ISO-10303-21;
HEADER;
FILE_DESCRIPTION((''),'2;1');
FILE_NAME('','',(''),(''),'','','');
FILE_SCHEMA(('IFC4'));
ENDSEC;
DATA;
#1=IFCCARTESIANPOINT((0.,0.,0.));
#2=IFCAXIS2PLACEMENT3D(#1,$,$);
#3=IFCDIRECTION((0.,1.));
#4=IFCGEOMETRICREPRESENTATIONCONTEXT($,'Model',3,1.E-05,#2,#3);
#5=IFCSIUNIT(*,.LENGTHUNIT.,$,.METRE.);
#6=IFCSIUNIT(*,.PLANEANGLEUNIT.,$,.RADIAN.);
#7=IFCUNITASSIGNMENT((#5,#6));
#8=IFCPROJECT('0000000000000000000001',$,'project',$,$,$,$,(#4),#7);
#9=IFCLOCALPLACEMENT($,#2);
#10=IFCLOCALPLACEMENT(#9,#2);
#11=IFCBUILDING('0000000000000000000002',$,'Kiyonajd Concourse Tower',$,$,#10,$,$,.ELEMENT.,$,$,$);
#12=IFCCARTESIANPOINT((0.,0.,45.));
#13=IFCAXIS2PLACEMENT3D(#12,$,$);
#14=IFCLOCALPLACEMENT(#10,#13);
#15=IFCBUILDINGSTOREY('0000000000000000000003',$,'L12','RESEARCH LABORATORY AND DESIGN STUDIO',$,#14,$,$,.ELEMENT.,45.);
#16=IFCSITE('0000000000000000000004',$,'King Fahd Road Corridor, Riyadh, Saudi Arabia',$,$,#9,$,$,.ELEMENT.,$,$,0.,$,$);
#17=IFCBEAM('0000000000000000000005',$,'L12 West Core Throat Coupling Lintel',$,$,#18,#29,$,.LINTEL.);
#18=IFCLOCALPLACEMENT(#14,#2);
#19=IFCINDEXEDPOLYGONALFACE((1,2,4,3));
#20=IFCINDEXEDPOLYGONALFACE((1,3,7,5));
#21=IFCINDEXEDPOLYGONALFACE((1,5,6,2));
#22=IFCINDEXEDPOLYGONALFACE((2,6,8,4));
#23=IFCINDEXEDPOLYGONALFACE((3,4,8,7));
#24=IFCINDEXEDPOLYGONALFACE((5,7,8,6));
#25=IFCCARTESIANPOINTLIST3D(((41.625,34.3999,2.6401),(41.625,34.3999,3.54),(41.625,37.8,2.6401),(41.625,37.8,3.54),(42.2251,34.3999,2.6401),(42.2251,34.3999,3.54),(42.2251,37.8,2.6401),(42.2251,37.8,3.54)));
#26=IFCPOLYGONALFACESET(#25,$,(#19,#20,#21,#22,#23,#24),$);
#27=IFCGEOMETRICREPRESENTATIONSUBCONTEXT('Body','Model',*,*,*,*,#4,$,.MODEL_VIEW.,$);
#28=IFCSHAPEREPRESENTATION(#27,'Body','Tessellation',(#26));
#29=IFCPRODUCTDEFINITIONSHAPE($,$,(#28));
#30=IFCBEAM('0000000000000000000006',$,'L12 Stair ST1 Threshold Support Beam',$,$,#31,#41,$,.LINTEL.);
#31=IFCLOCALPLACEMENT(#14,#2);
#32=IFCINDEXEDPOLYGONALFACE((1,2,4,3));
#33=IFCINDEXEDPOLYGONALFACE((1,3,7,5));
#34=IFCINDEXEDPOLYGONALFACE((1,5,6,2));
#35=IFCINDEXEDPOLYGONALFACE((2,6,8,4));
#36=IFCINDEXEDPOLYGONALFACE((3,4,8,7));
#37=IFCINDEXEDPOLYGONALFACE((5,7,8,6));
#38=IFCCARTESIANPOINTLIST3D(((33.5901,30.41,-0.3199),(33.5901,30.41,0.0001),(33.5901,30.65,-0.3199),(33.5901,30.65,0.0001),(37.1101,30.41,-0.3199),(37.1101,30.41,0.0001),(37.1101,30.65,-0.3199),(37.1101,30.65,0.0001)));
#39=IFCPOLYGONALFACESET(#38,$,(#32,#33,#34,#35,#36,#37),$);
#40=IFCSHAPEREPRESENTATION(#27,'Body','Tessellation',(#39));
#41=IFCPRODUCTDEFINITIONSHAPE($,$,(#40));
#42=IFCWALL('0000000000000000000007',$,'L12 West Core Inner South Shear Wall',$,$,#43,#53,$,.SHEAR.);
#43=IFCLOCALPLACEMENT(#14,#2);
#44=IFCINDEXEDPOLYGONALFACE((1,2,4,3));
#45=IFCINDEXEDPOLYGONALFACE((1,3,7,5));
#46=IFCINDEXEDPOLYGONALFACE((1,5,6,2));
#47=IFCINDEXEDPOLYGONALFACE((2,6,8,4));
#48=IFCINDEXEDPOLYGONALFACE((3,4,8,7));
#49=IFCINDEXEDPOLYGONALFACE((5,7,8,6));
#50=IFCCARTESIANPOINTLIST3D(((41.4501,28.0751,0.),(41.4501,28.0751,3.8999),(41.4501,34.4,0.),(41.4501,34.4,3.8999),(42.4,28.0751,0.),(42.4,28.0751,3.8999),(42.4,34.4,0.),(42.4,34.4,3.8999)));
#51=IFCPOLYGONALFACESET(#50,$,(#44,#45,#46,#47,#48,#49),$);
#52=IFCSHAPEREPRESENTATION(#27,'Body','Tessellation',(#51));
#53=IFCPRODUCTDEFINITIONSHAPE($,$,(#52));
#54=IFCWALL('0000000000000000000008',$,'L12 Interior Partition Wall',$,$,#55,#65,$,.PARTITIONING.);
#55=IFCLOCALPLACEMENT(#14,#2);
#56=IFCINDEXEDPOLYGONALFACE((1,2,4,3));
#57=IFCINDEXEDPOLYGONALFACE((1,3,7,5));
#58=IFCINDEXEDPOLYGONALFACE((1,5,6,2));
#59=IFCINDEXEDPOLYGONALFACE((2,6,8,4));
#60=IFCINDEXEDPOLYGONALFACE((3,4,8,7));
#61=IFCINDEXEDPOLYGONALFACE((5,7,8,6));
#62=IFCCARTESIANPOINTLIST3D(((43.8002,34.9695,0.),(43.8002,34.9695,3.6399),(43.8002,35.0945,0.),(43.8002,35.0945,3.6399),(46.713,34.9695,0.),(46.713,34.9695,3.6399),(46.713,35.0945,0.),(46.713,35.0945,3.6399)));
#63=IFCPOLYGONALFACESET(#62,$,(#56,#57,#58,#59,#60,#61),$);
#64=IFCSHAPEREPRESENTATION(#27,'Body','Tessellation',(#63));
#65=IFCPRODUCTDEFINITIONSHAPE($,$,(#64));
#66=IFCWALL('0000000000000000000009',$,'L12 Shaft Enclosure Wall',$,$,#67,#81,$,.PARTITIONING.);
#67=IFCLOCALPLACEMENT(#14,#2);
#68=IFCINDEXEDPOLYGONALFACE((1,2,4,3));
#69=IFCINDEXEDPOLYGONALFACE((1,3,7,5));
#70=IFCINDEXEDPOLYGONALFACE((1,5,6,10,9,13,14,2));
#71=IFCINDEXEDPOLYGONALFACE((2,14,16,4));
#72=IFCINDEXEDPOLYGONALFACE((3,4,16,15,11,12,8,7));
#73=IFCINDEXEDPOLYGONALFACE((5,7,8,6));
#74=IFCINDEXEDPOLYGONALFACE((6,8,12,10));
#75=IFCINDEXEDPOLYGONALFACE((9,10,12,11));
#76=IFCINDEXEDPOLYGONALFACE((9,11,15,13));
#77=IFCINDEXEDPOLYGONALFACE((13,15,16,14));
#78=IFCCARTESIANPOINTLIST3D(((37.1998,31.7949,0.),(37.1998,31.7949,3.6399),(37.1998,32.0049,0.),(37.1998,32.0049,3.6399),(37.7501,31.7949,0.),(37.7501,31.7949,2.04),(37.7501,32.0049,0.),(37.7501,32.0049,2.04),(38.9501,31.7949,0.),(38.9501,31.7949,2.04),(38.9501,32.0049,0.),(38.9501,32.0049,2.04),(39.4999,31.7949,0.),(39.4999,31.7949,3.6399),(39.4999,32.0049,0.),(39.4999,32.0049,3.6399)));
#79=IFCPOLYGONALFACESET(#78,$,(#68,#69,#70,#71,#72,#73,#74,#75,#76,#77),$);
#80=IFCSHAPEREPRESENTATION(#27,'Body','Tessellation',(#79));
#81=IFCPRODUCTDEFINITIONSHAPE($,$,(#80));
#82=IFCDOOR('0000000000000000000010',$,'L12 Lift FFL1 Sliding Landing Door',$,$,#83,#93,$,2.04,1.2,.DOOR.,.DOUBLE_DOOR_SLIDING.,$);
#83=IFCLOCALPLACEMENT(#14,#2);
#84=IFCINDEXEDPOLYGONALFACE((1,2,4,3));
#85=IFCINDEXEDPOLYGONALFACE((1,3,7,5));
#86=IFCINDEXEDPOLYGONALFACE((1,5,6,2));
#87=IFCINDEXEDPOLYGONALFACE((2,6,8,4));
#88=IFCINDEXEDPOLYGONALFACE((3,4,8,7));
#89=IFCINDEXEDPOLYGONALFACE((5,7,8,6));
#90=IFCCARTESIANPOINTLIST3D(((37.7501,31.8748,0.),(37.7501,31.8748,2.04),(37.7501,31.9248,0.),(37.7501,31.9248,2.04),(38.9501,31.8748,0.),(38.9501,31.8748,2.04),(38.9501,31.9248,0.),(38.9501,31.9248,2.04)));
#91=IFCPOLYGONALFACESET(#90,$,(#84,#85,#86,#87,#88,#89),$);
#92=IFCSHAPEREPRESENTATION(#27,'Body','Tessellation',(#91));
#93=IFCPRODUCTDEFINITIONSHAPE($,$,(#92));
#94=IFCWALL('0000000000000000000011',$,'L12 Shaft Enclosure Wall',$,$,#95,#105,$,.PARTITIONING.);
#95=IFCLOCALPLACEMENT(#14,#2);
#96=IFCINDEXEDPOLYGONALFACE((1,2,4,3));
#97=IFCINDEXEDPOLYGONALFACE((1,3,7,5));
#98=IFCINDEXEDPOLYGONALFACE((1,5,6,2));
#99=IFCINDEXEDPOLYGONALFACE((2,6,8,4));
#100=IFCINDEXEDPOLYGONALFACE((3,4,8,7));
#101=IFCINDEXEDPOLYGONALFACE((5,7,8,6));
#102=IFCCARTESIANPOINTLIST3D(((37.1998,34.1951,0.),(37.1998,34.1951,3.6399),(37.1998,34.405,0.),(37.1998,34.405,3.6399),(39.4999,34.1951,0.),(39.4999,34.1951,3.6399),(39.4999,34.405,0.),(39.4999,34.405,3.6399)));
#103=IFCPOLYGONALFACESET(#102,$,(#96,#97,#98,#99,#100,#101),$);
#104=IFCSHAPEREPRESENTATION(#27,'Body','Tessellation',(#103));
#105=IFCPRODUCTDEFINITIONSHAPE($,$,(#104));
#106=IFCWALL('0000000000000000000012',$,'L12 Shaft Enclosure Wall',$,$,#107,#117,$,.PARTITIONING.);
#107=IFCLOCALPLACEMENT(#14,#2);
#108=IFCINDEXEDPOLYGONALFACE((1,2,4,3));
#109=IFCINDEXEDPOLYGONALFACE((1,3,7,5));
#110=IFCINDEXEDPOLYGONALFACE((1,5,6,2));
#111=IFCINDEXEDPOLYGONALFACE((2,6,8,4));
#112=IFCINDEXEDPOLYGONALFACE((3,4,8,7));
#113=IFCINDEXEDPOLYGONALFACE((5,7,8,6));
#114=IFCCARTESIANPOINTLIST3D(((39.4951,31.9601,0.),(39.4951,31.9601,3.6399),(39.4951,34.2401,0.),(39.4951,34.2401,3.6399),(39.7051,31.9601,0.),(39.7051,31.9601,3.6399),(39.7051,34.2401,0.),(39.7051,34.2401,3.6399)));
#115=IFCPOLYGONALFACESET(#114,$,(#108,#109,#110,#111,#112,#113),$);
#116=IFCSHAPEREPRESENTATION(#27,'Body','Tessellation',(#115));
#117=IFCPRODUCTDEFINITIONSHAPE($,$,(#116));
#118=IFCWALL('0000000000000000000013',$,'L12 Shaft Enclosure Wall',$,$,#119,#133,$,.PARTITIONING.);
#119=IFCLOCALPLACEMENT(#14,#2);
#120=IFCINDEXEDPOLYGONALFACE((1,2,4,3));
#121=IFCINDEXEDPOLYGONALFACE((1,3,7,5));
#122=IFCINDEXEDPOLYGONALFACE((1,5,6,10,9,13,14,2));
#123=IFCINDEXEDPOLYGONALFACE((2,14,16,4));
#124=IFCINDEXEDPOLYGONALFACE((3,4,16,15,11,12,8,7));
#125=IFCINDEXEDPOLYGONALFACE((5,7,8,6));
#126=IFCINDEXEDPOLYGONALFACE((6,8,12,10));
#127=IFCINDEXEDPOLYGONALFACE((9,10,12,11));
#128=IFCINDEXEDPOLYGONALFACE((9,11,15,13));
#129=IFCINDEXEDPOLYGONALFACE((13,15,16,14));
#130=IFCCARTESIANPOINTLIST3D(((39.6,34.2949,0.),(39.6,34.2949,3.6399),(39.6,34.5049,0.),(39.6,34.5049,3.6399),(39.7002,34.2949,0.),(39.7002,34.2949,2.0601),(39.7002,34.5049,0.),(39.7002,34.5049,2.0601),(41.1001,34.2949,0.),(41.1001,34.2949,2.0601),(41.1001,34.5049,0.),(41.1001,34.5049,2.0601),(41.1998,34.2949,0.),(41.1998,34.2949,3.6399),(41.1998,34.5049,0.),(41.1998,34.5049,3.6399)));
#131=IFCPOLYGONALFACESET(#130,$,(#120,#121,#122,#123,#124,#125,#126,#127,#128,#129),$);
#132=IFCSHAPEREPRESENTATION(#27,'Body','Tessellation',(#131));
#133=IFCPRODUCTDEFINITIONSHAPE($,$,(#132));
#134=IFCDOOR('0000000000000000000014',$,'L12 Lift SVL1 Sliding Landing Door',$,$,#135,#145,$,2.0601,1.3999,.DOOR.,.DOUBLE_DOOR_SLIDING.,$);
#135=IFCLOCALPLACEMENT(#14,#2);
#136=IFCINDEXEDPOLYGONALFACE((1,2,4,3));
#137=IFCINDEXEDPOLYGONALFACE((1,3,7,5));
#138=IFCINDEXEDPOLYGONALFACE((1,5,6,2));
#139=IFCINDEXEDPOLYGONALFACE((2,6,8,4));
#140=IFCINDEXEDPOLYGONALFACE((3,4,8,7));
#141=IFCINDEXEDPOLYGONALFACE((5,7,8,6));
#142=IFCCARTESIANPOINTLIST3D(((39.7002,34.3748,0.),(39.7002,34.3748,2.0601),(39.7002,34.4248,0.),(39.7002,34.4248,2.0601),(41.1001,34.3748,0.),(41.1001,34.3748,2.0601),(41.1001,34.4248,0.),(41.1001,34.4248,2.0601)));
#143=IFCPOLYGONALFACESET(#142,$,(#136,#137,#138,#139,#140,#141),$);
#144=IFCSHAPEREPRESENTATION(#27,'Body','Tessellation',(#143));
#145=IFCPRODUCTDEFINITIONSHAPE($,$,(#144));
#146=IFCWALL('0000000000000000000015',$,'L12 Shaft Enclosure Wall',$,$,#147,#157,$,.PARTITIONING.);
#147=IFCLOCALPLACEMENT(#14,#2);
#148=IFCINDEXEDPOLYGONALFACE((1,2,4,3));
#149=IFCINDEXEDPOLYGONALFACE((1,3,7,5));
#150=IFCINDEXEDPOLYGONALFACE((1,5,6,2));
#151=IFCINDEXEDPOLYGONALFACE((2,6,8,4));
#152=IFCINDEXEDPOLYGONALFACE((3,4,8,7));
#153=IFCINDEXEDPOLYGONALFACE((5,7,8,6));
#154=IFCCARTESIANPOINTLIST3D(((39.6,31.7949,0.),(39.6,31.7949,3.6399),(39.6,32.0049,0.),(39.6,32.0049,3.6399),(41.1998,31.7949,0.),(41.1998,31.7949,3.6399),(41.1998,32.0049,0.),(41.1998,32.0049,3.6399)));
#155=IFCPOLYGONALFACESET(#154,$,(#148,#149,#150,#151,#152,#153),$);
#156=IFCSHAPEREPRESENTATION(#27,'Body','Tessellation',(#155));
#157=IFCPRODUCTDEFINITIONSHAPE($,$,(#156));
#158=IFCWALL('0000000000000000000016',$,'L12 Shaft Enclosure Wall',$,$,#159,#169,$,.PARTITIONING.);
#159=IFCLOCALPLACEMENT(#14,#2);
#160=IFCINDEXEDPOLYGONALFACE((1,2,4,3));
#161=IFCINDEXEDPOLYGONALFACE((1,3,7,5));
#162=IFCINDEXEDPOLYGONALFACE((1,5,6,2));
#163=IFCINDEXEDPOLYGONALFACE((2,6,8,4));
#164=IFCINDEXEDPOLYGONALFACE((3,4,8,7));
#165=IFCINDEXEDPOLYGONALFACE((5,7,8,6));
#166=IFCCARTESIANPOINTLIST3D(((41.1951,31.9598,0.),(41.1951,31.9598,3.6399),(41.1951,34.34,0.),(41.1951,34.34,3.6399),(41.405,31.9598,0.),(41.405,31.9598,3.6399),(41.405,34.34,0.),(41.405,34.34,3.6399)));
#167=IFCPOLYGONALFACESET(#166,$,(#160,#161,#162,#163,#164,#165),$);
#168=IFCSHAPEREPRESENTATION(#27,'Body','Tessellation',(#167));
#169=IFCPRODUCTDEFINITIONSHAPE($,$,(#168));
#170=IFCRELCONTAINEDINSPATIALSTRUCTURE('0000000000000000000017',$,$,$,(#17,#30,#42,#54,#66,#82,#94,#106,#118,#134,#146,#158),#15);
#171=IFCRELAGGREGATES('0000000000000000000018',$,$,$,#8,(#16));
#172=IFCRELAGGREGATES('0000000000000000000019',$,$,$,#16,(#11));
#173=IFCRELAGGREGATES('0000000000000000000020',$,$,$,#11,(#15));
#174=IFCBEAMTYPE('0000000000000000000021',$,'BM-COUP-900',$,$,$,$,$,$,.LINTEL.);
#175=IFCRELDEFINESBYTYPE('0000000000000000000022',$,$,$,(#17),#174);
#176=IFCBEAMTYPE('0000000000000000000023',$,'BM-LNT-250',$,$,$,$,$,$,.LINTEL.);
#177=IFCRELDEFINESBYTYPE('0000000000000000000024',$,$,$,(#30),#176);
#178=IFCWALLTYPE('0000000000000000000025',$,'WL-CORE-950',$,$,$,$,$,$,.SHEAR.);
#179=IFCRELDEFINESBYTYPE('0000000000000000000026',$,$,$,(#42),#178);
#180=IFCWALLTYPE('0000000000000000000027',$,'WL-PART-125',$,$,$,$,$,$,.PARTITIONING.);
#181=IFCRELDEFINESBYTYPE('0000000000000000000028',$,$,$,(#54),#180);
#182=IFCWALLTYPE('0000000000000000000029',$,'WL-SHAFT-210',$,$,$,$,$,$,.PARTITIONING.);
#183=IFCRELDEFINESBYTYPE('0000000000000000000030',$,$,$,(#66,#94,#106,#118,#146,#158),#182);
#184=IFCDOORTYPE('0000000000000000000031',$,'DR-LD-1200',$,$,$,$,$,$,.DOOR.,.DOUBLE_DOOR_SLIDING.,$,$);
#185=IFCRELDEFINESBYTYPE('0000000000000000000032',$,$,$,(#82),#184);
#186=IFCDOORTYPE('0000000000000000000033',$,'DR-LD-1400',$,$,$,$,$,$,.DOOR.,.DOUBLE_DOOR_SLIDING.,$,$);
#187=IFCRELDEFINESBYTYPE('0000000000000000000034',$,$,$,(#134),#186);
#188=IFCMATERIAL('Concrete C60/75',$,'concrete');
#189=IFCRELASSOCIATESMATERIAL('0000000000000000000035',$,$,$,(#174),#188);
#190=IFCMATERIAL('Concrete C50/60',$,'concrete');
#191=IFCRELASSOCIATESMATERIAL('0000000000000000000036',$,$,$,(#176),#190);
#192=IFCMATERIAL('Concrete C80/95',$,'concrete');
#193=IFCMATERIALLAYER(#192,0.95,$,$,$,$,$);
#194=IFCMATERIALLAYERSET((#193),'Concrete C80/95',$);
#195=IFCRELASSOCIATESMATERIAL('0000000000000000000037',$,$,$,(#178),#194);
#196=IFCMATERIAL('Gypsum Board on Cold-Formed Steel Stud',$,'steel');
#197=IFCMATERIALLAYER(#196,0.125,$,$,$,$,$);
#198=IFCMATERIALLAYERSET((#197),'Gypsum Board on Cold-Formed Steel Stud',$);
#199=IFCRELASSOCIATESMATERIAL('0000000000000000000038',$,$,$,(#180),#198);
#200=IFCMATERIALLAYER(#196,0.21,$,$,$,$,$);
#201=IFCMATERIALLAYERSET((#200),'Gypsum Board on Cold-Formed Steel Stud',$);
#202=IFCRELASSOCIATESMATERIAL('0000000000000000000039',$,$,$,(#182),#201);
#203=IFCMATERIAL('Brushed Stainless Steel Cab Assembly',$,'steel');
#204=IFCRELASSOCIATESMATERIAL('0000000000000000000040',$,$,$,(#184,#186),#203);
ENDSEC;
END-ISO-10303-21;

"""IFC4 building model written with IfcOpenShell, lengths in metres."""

from ifc_helpers import new_model, si_unit, direction, frame, frame_2d, origin, origin_2d, place, context, subcontext, project, spatial, rectangle, extrude, material, layer, layer_set, material_profile, profile_set, type_object, element, fill, save


model = new_model("IFC4")

# Units and contexts
model_context = context("Model", 3, precision=1e-05, world=origin(), true_north=direction((0.0, 1.0)))
body_context = subcontext(model_context, "Body", "Model", "MODEL_VIEW")
ifc_project = project(units=[si_unit("LENGTHUNIT", "METRE"), si_unit("PLANEANGLEUNIT", "RADIAN")], contexts=[model_context])

# Site, building, storey
site_placement = place(None, origin())
site = spatial("IfcSite", under=ifc_project, at=site_placement, Name="King Fahd Road Corridor, Riyadh, Saudi Arabia", CompositionType="ELEMENT", RefElevation=0.0)
building_placement = place(site_placement, origin())
building = spatial("IfcBuilding", under=site, at=building_placement, Name="Kiyonajd Concourse Tower", CompositionType="ELEMENT")
storey_placement = place(building_placement, frame((0.0, 0.0, 45.0)))
storey = spatial("IfcBuildingStorey", under=building, at=storey_placement, Name="L12", Description="RESEARCH LABORATORY AND DESIGN STUDIO", CompositionType="ELEMENT", Elevation=45.0)

# Beams
ifc_material_1 = material(Name="Concrete C60/75", Category="concrete")
ifc_material_profile_1 = material_profile(ifc_material_1, rectangle(XDim=0.6001, YDim=0.8999, at=origin_2d()), Name="RCBM-600x900")
ifc_profile_set_1 = profile_set([ifc_material_profile_1], Name="Concrete C60/75")
beam_type_1 = type_object("IfcBeamType", Name="BM-COUP-900", PredefinedType="LINTEL", material=ifc_profile_set_1)
beam_1_placement = place(storey_placement, frame((41.925, 34.3999, 3.0901), z_axis=(0.0, 1.0, 0.0), x_axis=(-1.0, 0.0, 0.0)))
element("IfcBeam", 1, at=beam_1_placement, inside=storey, type_object=beam_type_1, Name="L12 West Core Throat Coupling Lintel", PredefinedType="LINTEL", context=body_context, shape_type="SweptSolid", body=[
    extrude(rectangle(XDim=0.6001, YDim=0.8999, at=origin_2d()), origin(), (0.0, 0.0, 1.0), 3.4001),
])
ifc_material_2 = material(Name="Concrete C50/60", Category="concrete")
ifc_material_profile_2 = material_profile(ifc_material_2, rectangle(XDim=0.24, YDim=0.3201, at=origin_2d()), Name="RCBM-240x320")
ifc_profile_set_2 = profile_set([ifc_material_profile_2], Name="Concrete C50/60")
beam_type_2 = type_object("IfcBeamType", Name="BM-LNT-250", PredefinedType="LINTEL", material=ifc_profile_set_2)
beam_2_placement = place(storey_placement, frame((33.5901, 30.53, -0.1599), z_axis=(1.0, 0.0, 0.0), x_axis=(0.0, 1.0, 0.0)))
element("IfcBeam", 2, at=beam_2_placement, inside=storey, type_object=beam_type_2, Name="L12 Stair ST1 Threshold Support Beam", PredefinedType="LINTEL", context=body_context, shape_type="SweptSolid", body=[
    extrude(rectangle(XDim=0.24, YDim=0.3201, at=origin_2d()), origin(), (0.0, 0.0, 1.0), 3.52),
])

# Walls
ifc_material_3 = material(Name="Concrete C80/95", Category="concrete")
ifc_layer_1 = layer(ifc_material_3, 0.95)
ifc_layer_set_1 = layer_set([ifc_layer_1], Name="Concrete C80/95")
wall_type_1 = type_object("IfcWallType", Name="WL-CORE-950", PredefinedType="SHEAR", material=ifc_layer_set_1)
wall_1_placement = place(storey_placement, frame((41.925, 28.075, 0.0), z_axis=(0.0, 0.0, 1.0), x_axis=(0.0, 1.0, 0.0)))
element("IfcWall", 3, at=wall_1_placement, inside=storey, type_object=wall_type_1, Name="L12 West Core Inner South Shear Wall", PredefinedType="SHEAR", context=body_context, shape_type="SweptSolid", body=[
    extrude(rectangle(XDim=6.325, YDim=0.95, at=frame_2d((3.1626, 0.0))), origin(), (0.0, 0.0, 1.0), 3.8999),
])
ifc_material_4 = material(Name="Gypsum Board on Cold-Formed Steel Stud", Category="steel")
ifc_layer_2 = layer(ifc_material_4, 0.125)
ifc_layer_set_2 = layer_set([ifc_layer_2], Name="Gypsum Board on Cold-Formed Steel Stud")
wall_type_2 = type_object("IfcWallType", Name="WL-PART-125", PredefinedType="PARTITIONING", material=ifc_layer_set_2)
wall_2_placement = place(storey_placement, frame((43.8, 35.032, 0.0), z_axis=(0.0, 0.0, 1.0), x_axis=(1.0, 0.0, 0.0)))
element("IfcWall", 4, at=wall_2_placement, inside=storey, type_object=wall_type_2, Name="L12 Interior Partition Wall", PredefinedType="PARTITIONING", context=body_context, shape_type="SweptSolid", body=[
    extrude(rectangle(XDim=2.9128, YDim=0.125, at=frame_2d((1.4565, 0.0))), origin(), (0.0, 0.0, 1.0), 3.6399),
])

# Wall, opening, door
ifc_layer_3 = layer(ifc_material_4, 0.21)
ifc_layer_set_3 = layer_set([ifc_layer_3], Name="Gypsum Board on Cold-Formed Steel Stud")
wall_type_3 = type_object("IfcWallType", Name="WL-SHAFT-210", PredefinedType="PARTITIONING", material=ifc_layer_set_3)
wall_3_placement = place(storey_placement, frame((37.2, 31.8999, 0.0), z_axis=(0.0, 0.0, 1.0), x_axis=(1.0, 0.0, 0.0)))
wall_3 = element("IfcWall", 5, at=wall_3_placement, inside=storey, type_object=wall_type_3, Name="L12 Shaft Enclosure Wall", PredefinedType="PARTITIONING", context=body_context, shape_type="SweptSolid", body=[
    extrude(rectangle(XDim=2.3, YDim=0.21, at=frame_2d((1.1499, 0.0))), origin(), (0.0, 0.0, 1.0), 3.6399),
])
opening_1_placement = place(wall_3_placement, frame((0.55, 0.0, 0.0)))
opening_1 = element("IfcOpeningElement", 6, at=opening_1_placement, cuts=wall_3, PredefinedType="OPENING", context=body_context, shape_type="SweptSolid", body=[
    extrude(rectangle(XDim=1.2, YDim=2.04, at=frame_2d((0.6001, 1.02))), frame((0.0, 0.115, 0.0), z_axis=(0.0, -1.0, 0.0), x_axis=(1.0, 0.0, 0.0)), (0.0, 0.0, 1.0), 0.23),
])
ifc_material_5 = material(Name="Brushed Stainless Steel Cab Assembly", Category="steel")
door_type_1 = type_object("IfcDoorType", Name="DR-LD-1200", OperationType="DOUBLE_DOOR_SLIDING", PredefinedType="DOOR", material=ifc_material_5)
door_1_placement = place(opening_1_placement, origin())
door_1 = element("IfcDoor", 7, at=door_1_placement, inside=storey, type_object=door_type_1, Name="L12 Lift FFL1 Sliding Landing Door", OperationType="DOUBLE_DOOR_SLIDING", OverallHeight=2.04, OverallWidth=1.2, PredefinedType="DOOR", context=body_context, shape_type="SweptSolid", body=[
    extrude(rectangle(XDim=1.2, YDim=2.04, at=frame_2d((0.6001, 1.02))), frame((0.0, 0.0249, 0.0), z_axis=(0.0, -1.0, 0.0), x_axis=(1.0, 0.0, 0.0)), (0.0, 0.0, 1.0), 0.05),
])
fill(opening_1, door_1)

# Walls
wall_4_placement = place(storey_placement, frame((37.2, 34.3, 0.0), z_axis=(0.0, 0.0, 1.0), x_axis=(1.0, 0.0, 0.0)))
element("IfcWall", 8, at=wall_4_placement, inside=storey, type_object=wall_type_3, Name="L12 Shaft Enclosure Wall", PredefinedType="PARTITIONING", context=body_context, shape_type="SweptSolid", body=[
    extrude(rectangle(XDim=2.3, YDim=0.21, at=frame_2d((1.1499, 0.0))), origin(), (0.0, 0.0, 1.0), 3.6399),
])
wall_5_placement = place(storey_placement, frame((39.6001, 31.96, 0.0), z_axis=(0.0, 0.0, 1.0), x_axis=(0.0, 1.0, 0.0)))
element("IfcWall", 9, at=wall_5_placement, inside=storey, type_object=wall_type_3, Name="L12 Shaft Enclosure Wall", PredefinedType="PARTITIONING", context=body_context, shape_type="SweptSolid", body=[
    extrude(rectangle(XDim=2.28, YDim=0.21, at=frame_2d((1.1401, 0.0))), origin(), (0.0, 0.0, 1.0), 3.6399),
])

# Wall, opening, door
wall_6_placement = place(storey_placement, frame((39.6001, 34.3999, 0.0), z_axis=(0.0, 0.0, 1.0), x_axis=(1.0, 0.0, 0.0)))
wall_6 = element("IfcWall", 10, at=wall_6_placement, inside=storey, type_object=wall_type_3, Name="L12 Shaft Enclosure Wall", PredefinedType="PARTITIONING", context=body_context, shape_type="SweptSolid", body=[
    extrude(rectangle(XDim=1.5999, YDim=0.21, at=frame_2d((0.7998, 0.0))), origin(), (0.0, 0.0, 1.0), 3.6399),
])
opening_2_placement = place(wall_6_placement, frame((0.1001, 0.0, 0.0)))
opening_2 = element("IfcOpeningElement", 11, at=opening_2_placement, cuts=wall_6, PredefinedType="OPENING", context=body_context, shape_type="SweptSolid", body=[
    extrude(rectangle(XDim=1.3999, YDim=2.0601, at=frame_2d((0.7, 1.03))), frame((0.0, 0.115, 0.0), z_axis=(0.0, -1.0, 0.0), x_axis=(1.0, 0.0, 0.0)), (0.0, 0.0, 1.0), 0.23),
])
door_type_2 = type_object("IfcDoorType", Name="DR-LD-1400", OperationType="DOUBLE_DOOR_SLIDING", PredefinedType="DOOR", material=ifc_material_5)
door_2_placement = place(opening_2_placement, origin())
door_2 = element("IfcDoor", 12, at=door_2_placement, inside=storey, type_object=door_type_2, Name="L12 Lift SVL1 Sliding Landing Door", OperationType="DOUBLE_DOOR_SLIDING", OverallHeight=2.0601, OverallWidth=1.3999, PredefinedType="DOOR", context=body_context, shape_type="SweptSolid", body=[
    extrude(rectangle(XDim=1.3999, YDim=2.0601, at=frame_2d((0.7, 1.03))), frame((0.0, 0.0249, 0.0), z_axis=(0.0, -1.0, 0.0), x_axis=(1.0, 0.0, 0.0)), (0.0, 0.0, 1.0), 0.05),
])
fill(opening_2, door_2)

# Walls
wall_7_placement = place(storey_placement, frame((39.6001, 31.8999, 0.0), z_axis=(0.0, 0.0, 1.0), x_axis=(1.0, 0.0, 0.0)))
element("IfcWall", 13, at=wall_7_placement, inside=storey, type_object=wall_type_3, Name="L12 Shaft Enclosure Wall", PredefinedType="PARTITIONING", context=body_context, shape_type="SweptSolid", body=[
    extrude(rectangle(XDim=1.5999, YDim=0.21, at=frame_2d((0.7998, 0.0))), origin(), (0.0, 0.0, 1.0), 3.6399),
])
wall_8_placement = place(storey_placement, frame((41.3, 31.96, 0.0), z_axis=(0.0, 0.0, 1.0), x_axis=(0.0, 1.0, 0.0)))
element("IfcWall", 14, at=wall_8_placement, inside=storey, type_object=wall_type_3, Name="L12 Shaft Enclosure Wall", PredefinedType="PARTITIONING", context=body_context, shape_type="SweptSolid", body=[
    extrude(rectangle(XDim=2.3801, YDim=0.21, at=frame_2d((1.1899, 0.0))), origin(), (0.0, 0.0, 1.0), 3.6399),
])

save(model, "model.ifc")
